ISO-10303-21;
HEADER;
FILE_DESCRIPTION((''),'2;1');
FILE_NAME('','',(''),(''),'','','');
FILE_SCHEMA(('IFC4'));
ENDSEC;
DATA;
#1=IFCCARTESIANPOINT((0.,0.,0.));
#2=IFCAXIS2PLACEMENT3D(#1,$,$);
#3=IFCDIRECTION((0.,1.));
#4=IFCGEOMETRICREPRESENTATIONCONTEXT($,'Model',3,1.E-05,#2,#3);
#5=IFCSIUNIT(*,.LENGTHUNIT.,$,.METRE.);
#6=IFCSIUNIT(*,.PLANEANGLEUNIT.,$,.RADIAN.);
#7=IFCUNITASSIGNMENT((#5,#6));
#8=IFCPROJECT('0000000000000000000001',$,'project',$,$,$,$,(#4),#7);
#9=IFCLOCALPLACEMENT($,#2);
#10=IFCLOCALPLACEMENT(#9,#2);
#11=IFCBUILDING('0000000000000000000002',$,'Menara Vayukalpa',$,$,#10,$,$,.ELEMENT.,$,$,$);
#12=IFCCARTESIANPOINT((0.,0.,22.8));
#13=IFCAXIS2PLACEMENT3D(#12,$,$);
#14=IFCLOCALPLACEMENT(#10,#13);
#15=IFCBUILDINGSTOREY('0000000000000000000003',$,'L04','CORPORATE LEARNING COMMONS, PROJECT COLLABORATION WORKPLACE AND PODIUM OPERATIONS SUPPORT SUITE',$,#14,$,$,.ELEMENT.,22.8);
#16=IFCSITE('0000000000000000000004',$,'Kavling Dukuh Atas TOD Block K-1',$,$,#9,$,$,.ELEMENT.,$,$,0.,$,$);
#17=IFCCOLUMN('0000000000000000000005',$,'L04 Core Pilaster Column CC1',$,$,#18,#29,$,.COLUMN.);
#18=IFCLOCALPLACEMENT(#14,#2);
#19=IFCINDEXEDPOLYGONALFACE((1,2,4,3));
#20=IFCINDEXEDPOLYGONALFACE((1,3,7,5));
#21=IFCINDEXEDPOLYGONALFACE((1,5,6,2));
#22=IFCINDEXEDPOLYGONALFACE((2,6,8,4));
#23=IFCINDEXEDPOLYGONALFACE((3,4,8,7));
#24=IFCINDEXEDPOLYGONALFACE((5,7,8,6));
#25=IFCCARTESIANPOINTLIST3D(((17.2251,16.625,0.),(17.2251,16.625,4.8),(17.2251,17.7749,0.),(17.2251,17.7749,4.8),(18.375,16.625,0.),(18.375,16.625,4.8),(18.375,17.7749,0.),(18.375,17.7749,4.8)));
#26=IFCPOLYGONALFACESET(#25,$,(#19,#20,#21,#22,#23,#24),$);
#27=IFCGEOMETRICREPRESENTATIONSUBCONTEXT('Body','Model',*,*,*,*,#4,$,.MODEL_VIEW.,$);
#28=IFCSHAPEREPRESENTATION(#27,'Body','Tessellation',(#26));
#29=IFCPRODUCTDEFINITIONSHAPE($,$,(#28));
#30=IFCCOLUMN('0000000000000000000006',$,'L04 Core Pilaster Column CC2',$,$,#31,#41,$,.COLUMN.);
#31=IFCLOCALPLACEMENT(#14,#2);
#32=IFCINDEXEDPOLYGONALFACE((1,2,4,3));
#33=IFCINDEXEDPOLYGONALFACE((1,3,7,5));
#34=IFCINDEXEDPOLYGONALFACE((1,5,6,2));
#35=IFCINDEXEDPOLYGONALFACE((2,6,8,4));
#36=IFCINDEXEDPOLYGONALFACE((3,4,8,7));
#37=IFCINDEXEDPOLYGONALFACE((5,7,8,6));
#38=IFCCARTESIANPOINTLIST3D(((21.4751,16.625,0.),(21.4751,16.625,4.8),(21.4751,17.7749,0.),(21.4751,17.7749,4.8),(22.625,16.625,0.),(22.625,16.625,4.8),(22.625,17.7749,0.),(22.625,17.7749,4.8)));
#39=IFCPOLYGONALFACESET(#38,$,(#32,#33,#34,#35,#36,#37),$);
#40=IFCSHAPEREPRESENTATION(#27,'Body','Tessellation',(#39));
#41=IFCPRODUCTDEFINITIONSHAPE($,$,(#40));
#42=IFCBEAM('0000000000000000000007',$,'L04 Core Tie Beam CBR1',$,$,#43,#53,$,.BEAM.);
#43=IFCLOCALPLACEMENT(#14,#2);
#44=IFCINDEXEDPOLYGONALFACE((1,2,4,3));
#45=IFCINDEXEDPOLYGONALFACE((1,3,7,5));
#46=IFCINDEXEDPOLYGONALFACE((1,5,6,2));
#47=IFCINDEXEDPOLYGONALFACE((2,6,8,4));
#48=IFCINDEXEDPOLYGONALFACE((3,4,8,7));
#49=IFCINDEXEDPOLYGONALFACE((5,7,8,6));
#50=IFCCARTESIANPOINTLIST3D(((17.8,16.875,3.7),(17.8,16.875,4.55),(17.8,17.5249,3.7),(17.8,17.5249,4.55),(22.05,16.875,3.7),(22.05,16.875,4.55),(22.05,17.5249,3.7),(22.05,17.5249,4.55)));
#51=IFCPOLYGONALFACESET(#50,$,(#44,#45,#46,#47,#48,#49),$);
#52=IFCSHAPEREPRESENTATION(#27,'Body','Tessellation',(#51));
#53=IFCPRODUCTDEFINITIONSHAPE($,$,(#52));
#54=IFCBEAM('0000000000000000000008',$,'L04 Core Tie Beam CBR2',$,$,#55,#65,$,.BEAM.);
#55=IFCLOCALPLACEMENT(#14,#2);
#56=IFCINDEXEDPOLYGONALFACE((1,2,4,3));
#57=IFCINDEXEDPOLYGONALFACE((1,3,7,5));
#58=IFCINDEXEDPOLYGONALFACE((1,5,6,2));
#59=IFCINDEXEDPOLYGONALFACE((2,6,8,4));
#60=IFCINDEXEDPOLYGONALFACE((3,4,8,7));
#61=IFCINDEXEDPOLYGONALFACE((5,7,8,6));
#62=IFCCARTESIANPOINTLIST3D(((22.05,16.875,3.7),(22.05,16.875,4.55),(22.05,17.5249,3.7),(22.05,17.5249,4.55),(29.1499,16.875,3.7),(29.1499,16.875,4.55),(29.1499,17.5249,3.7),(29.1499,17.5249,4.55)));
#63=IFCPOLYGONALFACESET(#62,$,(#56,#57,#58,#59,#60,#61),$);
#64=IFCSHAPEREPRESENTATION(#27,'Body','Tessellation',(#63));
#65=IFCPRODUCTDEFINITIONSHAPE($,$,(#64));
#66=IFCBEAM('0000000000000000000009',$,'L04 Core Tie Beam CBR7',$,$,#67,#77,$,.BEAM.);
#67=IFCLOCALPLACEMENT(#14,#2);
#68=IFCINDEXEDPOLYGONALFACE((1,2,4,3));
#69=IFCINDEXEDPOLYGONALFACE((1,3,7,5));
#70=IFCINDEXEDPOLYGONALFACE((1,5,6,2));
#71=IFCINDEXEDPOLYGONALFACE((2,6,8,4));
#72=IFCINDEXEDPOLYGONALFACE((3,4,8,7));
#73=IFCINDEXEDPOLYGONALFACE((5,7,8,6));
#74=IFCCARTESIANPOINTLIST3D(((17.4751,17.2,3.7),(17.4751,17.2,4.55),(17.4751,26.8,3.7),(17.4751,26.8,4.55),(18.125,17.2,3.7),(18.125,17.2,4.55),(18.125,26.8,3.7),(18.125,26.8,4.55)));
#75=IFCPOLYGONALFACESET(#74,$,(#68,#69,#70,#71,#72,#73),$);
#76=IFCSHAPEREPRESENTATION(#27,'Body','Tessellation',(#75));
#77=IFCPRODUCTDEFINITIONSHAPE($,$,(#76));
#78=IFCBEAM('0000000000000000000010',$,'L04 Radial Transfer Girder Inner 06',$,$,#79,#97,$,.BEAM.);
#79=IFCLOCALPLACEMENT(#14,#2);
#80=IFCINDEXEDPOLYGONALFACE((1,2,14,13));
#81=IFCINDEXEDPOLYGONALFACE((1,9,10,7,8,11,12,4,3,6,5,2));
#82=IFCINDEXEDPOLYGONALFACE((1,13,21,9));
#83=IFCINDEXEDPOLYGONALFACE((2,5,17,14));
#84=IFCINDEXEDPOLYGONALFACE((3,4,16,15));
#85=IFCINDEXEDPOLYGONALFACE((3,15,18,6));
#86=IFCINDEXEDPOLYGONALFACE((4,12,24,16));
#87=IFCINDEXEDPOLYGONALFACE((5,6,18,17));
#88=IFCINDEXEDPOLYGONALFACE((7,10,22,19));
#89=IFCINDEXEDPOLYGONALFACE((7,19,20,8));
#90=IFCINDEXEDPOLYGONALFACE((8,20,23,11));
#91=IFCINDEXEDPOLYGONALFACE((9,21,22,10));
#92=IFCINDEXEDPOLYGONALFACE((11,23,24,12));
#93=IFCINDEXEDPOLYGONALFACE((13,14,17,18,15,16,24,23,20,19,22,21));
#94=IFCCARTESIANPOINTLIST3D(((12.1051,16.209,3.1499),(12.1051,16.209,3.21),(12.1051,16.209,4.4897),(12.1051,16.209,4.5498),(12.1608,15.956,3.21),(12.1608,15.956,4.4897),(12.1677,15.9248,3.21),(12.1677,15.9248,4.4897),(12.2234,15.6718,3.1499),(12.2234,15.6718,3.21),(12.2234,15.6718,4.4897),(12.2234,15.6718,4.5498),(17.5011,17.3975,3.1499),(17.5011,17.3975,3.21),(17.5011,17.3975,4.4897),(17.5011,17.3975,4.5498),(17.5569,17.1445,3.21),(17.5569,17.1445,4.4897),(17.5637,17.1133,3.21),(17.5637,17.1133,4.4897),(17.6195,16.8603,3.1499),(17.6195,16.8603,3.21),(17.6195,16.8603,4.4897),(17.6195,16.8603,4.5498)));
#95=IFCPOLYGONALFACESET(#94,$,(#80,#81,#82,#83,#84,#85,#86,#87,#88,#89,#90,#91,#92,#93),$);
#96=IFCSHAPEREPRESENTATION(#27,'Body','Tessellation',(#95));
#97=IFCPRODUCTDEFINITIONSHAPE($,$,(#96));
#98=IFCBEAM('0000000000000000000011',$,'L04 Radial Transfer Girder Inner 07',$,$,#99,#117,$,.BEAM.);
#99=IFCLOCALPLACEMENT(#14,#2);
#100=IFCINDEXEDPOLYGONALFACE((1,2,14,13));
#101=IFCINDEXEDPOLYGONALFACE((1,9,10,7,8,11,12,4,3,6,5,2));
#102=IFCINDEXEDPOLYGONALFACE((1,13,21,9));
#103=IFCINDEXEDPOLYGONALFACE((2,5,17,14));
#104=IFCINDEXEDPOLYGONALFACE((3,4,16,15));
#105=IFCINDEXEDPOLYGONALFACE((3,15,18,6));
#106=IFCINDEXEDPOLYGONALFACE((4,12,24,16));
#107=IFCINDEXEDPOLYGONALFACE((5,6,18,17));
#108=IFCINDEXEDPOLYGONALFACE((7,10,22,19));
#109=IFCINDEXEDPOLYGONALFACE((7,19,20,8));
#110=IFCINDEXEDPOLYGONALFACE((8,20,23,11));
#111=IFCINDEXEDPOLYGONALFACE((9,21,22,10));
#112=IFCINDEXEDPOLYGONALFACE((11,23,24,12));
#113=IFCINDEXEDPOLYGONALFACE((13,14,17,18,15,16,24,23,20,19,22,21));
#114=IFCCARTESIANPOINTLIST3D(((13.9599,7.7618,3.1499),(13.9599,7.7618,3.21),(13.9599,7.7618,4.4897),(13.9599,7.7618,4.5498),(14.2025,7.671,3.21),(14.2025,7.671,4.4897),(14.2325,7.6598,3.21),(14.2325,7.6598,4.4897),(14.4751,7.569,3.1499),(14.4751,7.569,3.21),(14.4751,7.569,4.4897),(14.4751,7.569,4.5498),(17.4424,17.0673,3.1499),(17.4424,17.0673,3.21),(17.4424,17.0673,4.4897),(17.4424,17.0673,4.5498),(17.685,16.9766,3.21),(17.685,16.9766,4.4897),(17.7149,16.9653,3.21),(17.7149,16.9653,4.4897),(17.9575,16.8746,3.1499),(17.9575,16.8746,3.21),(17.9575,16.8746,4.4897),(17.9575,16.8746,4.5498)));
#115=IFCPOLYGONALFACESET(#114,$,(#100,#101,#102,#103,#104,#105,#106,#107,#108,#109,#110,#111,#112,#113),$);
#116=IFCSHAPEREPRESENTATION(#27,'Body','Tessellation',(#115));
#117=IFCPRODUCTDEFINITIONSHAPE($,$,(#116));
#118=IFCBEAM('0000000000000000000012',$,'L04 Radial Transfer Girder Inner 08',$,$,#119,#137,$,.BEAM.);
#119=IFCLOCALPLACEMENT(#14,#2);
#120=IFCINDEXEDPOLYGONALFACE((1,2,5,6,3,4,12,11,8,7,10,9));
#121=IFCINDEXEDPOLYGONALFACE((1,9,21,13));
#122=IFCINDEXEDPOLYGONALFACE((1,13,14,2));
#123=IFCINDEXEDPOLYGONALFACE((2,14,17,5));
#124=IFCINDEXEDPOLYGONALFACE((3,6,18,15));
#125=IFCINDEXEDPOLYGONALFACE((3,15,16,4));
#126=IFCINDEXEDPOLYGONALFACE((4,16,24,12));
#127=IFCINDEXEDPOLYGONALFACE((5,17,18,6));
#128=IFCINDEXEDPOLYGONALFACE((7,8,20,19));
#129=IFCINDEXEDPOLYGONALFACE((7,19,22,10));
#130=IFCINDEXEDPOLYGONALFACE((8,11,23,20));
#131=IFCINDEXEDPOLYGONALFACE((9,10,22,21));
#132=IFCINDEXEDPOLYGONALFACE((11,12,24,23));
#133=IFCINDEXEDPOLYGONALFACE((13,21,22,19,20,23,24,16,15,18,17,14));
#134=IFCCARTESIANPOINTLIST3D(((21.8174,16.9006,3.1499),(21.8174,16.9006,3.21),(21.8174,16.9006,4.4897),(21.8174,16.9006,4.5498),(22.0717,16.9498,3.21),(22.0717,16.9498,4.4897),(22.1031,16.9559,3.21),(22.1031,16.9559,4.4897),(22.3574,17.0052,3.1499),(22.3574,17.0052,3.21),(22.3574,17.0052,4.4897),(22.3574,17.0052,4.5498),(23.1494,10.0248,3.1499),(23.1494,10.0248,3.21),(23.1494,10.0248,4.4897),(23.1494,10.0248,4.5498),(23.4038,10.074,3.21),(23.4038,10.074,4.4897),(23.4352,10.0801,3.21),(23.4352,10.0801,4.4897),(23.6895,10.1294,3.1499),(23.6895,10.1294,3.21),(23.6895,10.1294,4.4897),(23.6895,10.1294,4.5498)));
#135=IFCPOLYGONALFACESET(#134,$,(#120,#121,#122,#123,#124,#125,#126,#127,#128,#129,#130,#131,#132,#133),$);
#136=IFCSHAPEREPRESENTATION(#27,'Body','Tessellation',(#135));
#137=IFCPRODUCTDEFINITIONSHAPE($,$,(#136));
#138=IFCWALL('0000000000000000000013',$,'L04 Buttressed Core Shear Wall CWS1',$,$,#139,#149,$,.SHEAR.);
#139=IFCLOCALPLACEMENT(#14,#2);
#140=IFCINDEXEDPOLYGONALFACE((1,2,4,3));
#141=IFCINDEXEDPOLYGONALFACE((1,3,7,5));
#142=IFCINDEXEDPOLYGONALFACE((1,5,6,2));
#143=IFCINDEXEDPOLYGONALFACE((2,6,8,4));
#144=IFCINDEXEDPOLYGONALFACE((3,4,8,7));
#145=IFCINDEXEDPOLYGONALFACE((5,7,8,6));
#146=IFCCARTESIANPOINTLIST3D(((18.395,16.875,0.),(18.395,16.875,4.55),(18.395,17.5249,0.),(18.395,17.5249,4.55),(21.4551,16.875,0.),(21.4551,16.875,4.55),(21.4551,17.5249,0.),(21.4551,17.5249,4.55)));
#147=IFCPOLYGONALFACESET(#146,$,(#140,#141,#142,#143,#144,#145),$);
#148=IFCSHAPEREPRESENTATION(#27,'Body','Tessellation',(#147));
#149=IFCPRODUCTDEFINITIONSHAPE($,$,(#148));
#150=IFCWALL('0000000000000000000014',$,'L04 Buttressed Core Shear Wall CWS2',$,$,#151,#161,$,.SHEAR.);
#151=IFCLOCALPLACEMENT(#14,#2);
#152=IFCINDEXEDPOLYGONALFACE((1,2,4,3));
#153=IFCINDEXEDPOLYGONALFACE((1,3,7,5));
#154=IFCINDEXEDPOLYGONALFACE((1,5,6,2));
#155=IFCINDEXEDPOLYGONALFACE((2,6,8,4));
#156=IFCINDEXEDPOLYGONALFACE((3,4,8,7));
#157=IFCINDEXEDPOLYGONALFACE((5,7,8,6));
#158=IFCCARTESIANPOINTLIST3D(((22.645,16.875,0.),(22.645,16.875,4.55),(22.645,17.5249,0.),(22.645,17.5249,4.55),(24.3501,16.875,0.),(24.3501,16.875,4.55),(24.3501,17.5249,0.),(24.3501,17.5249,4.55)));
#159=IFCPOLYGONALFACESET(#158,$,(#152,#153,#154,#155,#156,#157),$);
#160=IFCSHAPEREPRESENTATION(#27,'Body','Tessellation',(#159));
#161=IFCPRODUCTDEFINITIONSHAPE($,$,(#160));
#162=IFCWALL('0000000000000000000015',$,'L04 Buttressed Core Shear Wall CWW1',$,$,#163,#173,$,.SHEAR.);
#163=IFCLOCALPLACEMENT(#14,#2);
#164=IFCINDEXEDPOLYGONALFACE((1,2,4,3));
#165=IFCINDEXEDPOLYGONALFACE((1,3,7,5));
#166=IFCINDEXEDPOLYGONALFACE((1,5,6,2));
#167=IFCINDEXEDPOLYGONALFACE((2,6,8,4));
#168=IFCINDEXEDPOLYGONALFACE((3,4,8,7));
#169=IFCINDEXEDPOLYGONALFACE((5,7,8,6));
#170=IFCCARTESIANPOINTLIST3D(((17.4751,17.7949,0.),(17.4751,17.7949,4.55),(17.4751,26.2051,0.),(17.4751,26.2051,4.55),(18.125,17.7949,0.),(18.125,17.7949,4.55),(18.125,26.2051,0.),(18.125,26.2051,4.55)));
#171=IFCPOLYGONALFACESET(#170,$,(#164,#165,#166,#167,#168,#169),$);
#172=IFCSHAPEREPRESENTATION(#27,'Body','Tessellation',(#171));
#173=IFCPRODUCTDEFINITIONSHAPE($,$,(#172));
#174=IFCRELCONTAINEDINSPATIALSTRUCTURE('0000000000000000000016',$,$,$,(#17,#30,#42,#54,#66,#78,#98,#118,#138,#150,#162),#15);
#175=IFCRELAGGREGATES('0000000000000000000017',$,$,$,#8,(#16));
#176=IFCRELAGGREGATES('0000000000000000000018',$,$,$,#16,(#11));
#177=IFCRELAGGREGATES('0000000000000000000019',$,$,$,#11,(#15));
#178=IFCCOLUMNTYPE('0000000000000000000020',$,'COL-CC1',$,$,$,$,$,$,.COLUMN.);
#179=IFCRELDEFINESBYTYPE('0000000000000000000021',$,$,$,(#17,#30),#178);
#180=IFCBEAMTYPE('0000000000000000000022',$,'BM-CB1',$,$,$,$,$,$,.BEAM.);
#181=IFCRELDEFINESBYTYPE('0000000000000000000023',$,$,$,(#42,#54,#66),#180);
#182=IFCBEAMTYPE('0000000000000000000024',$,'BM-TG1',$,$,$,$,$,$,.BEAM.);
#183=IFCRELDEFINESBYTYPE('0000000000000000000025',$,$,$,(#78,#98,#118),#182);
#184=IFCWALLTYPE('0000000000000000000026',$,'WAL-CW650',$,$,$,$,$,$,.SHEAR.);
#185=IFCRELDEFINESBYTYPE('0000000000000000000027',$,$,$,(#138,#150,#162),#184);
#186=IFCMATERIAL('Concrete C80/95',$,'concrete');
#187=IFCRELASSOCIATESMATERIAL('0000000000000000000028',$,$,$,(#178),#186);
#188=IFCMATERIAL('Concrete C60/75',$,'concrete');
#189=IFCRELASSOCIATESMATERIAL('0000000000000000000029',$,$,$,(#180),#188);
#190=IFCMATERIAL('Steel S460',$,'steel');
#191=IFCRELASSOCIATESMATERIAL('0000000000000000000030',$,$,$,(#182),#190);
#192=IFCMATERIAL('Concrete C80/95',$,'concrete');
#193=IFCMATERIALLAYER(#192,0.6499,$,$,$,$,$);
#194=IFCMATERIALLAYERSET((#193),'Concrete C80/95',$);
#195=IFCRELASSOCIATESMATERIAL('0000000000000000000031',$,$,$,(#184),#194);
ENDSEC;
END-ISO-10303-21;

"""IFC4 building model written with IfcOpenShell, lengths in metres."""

from ifc_helpers import new_model, si_unit, direction, frame, frame_2d, origin, origin_2d, place, context, subcontext, project, spatial, rectangle, i_section, extrude, material, layer, layer_set, material_profile, profile_set, type_object, element, save


model = new_model("IFC4")

# Units and contexts
model_context = context("Model", 3, precision=1e-05, world=origin(), true_north=direction((0.0, 1.0)))
body_context = subcontext(model_context, "Body", "Model", "MODEL_VIEW")
ifc_project = project(units=[si_unit("LENGTHUNIT", "METRE"), si_unit("PLANEANGLEUNIT", "RADIAN")], contexts=[model_context])

# Site, building, storey
site_placement = place(None, origin())
site = spatial("IfcSite", under=ifc_project, at=site_placement, Name="Kavling Dukuh Atas TOD Block K-1", CompositionType="ELEMENT", RefElevation=0.0)
building_placement = place(site_placement, origin())
building = spatial("IfcBuilding", under=site, at=building_placement, Name="Menara Vayukalpa", CompositionType="ELEMENT")
storey_placement = place(building_placement, frame((0.0, 0.0, 22.8)))
storey = spatial("IfcBuildingStorey", under=building, at=storey_placement, Name="L04", Description="CORPORATE LEARNING COMMONS, PROJECT COLLABORATION WORKPLACE AND PODIUM OPERATIONS SUPPORT SUITE", CompositionType="ELEMENT", Elevation=22.8)

# Columns
ifc_material_1 = material(Name="Concrete C80/95", Category="concrete")
ifc_material_profile_1 = material_profile(ifc_material_1, rectangle(XDim=1.1499, YDim=1.1499, at=origin_2d()), Name="RC 1150x1150")
ifc_profile_set_1 = profile_set([ifc_material_profile_1], Name="Concrete C80/95")
column_type = type_object("IfcColumnType", Name="COL-CC1", PredefinedType="COLUMN", material=ifc_profile_set_1)
for number, where, z_axis, x_axis, name in (
    (1, (17.8, 17.2, 0.0), (0.0, 0.0, 1.0), (1.0, 0.0, 0.0), "L04 Core Pilaster Column CC1"),
    (2, (22.05, 17.2, 0.0), (0.0, 0.0, 1.0), (1.0, 0.0, 0.0), "L04 Core Pilaster Column CC2"),
):
    element("IfcColumn", number, at=place(storey_placement, frame(where, z_axis=z_axis, x_axis=x_axis)), inside=storey, type_object=column_type, Name=name, PredefinedType="COLUMN", context=body_context, shape_type="SweptSolid", body=[
        extrude(rectangle(XDim=1.1499, YDim=1.1499, at=origin_2d()), origin(), (0.0, 0.0, 1.0), 4.8),
    ])

# Beams
ifc_material_2 = material(Name="Concrete C60/75", Category="concrete")
ifc_material_profile_2 = material_profile(ifc_material_2, rectangle(XDim=0.6499, YDim=0.8501, at=origin_2d()), Name="RC 650x850")
ifc_profile_set_2 = profile_set([ifc_material_profile_2], Name="Concrete C60/75")
beam_type_1 = type_object("IfcBeamType", Name="BM-CB1", PredefinedType="BEAM", material=ifc_profile_set_2)
beam_1_placement = place(storey_placement, frame((17.8, 17.2, 4.125), z_axis=(1.0, 0.0, 0.0), x_axis=(0.0, 1.0, 0.0)))
element("IfcBeam", 3, at=beam_1_placement, inside=storey, type_object=beam_type_1, Name="L04 Core Tie Beam CBR1", PredefinedType="BEAM", context=body_context, shape_type="SweptSolid", body=[
    extrude(rectangle(XDim=0.6499, YDim=0.8501, at=origin_2d()), origin(), (0.0, 0.0, 1.0), 4.25),
])
beam_2_placement = place(storey_placement, frame((22.05, 17.2, 4.125), z_axis=(1.0, 0.0, 0.0), x_axis=(0.0, 1.0, 0.0)))
element("IfcBeam", 4, at=beam_2_placement, inside=storey, type_object=beam_type_1, Name="L04 Core Tie Beam CBR2", PredefinedType="BEAM", context=body_context, shape_type="SweptSolid", body=[
    extrude(rectangle(XDim=0.6499, YDim=0.8501, at=origin_2d()), origin(), (0.0, 0.0, 1.0), 7.0999),
])
beam_3_placement = place(storey_placement, frame((17.8, 17.2, 4.125), z_axis=(0.0, 1.0, 0.0), x_axis=(-1.0, 0.0, 0.0)))
element("IfcBeam", 5, at=beam_3_placement, inside=storey, type_object=beam_type_1, Name="L04 Core Tie Beam CBR7", PredefinedType="BEAM", context=body_context, shape_type="SweptSolid", body=[
    extrude(rectangle(XDim=0.6499, YDim=0.8501, at=origin_2d()), origin(), (0.0, 0.0, 1.0), 9.6001),
])
ifc_material_3 = material(Name="Steel S460", Category="steel")
ifc_material_profile_3 = material_profile(ifc_material_3, i_section(OverallWidth=0.55, OverallDepth=1.3999, WebThickness=0.032, FlangeThickness=0.0601, at=origin_2d()), Name="WG 1400x550x32x60")
ifc_profile_set_3 = profile_set([ifc_material_profile_3], Name="Steel S460")
beam_type_2 = type_object("IfcBeamType", Name="BM-TG1", PredefinedType="BEAM", material=ifc_profile_set_3)
beam_4_placement = place(storey_placement, frame((17.5603, 17.1289, 3.8499), z_axis=(-0.976593, -0.215096, 0.0), x_axis=(0.215096, -0.976593, 0.0)))
element("IfcBeam", 6, at=beam_4_placement, inside=storey, type_object=beam_type_2, Name="L04 Radial Transfer Girder Inner 06", PredefinedType="BEAM", context=body_context, shape_type="SweptSolid", body=[
    extrude(i_section(OverallWidth=0.55, OverallDepth=1.3999, WebThickness=0.032, FlangeThickness=0.0601, at=origin_2d()), origin(), (0.0, 0.0, 1.0), 5.5254),
])
beam_5_placement = place(storey_placement, frame((17.7, 16.9709, 3.8499), z_axis=(-0.350496, -0.936564, 0.0), x_axis=(0.936564, -0.350496, 0.0)))
element("IfcBeam", 7, at=beam_5_placement, inside=storey, type_object=beam_type_2, Name="L04 Radial Transfer Girder Inner 07", PredefinedType="BEAM", context=body_context, shape_type="SweptSolid", body=[
    extrude(i_section(OverallWidth=0.55, OverallDepth=1.3999, WebThickness=0.032, FlangeThickness=0.0601, at=origin_2d()), origin(), (0.0, 0.0, 1.0), 9.9358),
])
beam_6_placement = place(storey_placement, frame((22.0874, 16.9529, 3.8499), z_axis=(0.190193, -0.981747, 0.0), x_axis=(0.981747, 0.190193, 0.0)))
element("IfcBeam", 8, at=beam_6_placement, inside=storey, type_object=beam_type_2, Name="L04 Radial Transfer Girder Inner 08", PredefinedType="BEAM", context=body_context, shape_type="SweptSolid", body=[
    extrude(i_section(OverallWidth=0.55, OverallDepth=1.3999, WebThickness=0.032, FlangeThickness=0.0601, at=origin_2d()), origin(), (0.0, 0.0, 1.0), 7.0037),
])

# Walls
ifc_material_4 = material(Name="Concrete C80/95", Category="concrete")
ifc_layer_1 = layer(ifc_material_4, 0.6499)
ifc_layer_set_1 = layer_set([ifc_layer_1], Name="Concrete C80/95")
wall_type_1 = type_object("IfcWallType", Name="WAL-CW650", PredefinedType="SHEAR", material=ifc_layer_set_1)
wall_1_placement = place(storey_placement, frame((18.395, 17.2, 0.0), z_axis=(0.0, 0.0, 1.0), x_axis=(1.0, 0.0, 0.0)))
element("IfcWall", 9, at=wall_1_placement, inside=storey, type_object=wall_type_1, Name="L04 Buttressed Core Shear Wall CWS1", PredefinedType="SHEAR", context=body_context, shape_type="SweptSolid", body=[
    extrude(rectangle(XDim=3.0601, YDim=0.6499, at=frame_2d((1.53, 0.0))), origin(), (0.0, 0.0, 1.0), 4.55),
])
wall_2_placement = place(storey_placement, frame((22.645, 17.2, 0.0), z_axis=(0.0, 0.0, 1.0), x_axis=(1.0, 0.0, 0.0)))
element("IfcWall", 10, at=wall_2_placement, inside=storey, type_object=wall_type_1, Name="L04 Buttressed Core Shear Wall CWS2", PredefinedType="SHEAR", context=body_context, shape_type="SweptSolid", body=[
    extrude(rectangle(XDim=1.7051, YDim=0.6499, at=frame_2d((0.8525, 0.0))), origin(), (0.0, 0.0, 1.0), 4.55),
])
wall_3_placement = place(storey_placement, frame((17.8, 17.7949, 0.0), z_axis=(0.0, 0.0, 1.0), x_axis=(0.0, 1.0, 0.0)))
element("IfcWall", 11, at=wall_3_placement, inside=storey, type_object=wall_type_1, Name="L04 Buttressed Core Shear Wall CWW1", PredefinedType="SHEAR", context=body_context, shape_type="SweptSolid", body=[
    extrude(rectangle(XDim=8.4102, YDim=0.6499, at=frame_2d((4.2051, 0.0))), origin(), (0.0, 0.0, 1.0), 4.55),
])

save(model, "model.ifc")
